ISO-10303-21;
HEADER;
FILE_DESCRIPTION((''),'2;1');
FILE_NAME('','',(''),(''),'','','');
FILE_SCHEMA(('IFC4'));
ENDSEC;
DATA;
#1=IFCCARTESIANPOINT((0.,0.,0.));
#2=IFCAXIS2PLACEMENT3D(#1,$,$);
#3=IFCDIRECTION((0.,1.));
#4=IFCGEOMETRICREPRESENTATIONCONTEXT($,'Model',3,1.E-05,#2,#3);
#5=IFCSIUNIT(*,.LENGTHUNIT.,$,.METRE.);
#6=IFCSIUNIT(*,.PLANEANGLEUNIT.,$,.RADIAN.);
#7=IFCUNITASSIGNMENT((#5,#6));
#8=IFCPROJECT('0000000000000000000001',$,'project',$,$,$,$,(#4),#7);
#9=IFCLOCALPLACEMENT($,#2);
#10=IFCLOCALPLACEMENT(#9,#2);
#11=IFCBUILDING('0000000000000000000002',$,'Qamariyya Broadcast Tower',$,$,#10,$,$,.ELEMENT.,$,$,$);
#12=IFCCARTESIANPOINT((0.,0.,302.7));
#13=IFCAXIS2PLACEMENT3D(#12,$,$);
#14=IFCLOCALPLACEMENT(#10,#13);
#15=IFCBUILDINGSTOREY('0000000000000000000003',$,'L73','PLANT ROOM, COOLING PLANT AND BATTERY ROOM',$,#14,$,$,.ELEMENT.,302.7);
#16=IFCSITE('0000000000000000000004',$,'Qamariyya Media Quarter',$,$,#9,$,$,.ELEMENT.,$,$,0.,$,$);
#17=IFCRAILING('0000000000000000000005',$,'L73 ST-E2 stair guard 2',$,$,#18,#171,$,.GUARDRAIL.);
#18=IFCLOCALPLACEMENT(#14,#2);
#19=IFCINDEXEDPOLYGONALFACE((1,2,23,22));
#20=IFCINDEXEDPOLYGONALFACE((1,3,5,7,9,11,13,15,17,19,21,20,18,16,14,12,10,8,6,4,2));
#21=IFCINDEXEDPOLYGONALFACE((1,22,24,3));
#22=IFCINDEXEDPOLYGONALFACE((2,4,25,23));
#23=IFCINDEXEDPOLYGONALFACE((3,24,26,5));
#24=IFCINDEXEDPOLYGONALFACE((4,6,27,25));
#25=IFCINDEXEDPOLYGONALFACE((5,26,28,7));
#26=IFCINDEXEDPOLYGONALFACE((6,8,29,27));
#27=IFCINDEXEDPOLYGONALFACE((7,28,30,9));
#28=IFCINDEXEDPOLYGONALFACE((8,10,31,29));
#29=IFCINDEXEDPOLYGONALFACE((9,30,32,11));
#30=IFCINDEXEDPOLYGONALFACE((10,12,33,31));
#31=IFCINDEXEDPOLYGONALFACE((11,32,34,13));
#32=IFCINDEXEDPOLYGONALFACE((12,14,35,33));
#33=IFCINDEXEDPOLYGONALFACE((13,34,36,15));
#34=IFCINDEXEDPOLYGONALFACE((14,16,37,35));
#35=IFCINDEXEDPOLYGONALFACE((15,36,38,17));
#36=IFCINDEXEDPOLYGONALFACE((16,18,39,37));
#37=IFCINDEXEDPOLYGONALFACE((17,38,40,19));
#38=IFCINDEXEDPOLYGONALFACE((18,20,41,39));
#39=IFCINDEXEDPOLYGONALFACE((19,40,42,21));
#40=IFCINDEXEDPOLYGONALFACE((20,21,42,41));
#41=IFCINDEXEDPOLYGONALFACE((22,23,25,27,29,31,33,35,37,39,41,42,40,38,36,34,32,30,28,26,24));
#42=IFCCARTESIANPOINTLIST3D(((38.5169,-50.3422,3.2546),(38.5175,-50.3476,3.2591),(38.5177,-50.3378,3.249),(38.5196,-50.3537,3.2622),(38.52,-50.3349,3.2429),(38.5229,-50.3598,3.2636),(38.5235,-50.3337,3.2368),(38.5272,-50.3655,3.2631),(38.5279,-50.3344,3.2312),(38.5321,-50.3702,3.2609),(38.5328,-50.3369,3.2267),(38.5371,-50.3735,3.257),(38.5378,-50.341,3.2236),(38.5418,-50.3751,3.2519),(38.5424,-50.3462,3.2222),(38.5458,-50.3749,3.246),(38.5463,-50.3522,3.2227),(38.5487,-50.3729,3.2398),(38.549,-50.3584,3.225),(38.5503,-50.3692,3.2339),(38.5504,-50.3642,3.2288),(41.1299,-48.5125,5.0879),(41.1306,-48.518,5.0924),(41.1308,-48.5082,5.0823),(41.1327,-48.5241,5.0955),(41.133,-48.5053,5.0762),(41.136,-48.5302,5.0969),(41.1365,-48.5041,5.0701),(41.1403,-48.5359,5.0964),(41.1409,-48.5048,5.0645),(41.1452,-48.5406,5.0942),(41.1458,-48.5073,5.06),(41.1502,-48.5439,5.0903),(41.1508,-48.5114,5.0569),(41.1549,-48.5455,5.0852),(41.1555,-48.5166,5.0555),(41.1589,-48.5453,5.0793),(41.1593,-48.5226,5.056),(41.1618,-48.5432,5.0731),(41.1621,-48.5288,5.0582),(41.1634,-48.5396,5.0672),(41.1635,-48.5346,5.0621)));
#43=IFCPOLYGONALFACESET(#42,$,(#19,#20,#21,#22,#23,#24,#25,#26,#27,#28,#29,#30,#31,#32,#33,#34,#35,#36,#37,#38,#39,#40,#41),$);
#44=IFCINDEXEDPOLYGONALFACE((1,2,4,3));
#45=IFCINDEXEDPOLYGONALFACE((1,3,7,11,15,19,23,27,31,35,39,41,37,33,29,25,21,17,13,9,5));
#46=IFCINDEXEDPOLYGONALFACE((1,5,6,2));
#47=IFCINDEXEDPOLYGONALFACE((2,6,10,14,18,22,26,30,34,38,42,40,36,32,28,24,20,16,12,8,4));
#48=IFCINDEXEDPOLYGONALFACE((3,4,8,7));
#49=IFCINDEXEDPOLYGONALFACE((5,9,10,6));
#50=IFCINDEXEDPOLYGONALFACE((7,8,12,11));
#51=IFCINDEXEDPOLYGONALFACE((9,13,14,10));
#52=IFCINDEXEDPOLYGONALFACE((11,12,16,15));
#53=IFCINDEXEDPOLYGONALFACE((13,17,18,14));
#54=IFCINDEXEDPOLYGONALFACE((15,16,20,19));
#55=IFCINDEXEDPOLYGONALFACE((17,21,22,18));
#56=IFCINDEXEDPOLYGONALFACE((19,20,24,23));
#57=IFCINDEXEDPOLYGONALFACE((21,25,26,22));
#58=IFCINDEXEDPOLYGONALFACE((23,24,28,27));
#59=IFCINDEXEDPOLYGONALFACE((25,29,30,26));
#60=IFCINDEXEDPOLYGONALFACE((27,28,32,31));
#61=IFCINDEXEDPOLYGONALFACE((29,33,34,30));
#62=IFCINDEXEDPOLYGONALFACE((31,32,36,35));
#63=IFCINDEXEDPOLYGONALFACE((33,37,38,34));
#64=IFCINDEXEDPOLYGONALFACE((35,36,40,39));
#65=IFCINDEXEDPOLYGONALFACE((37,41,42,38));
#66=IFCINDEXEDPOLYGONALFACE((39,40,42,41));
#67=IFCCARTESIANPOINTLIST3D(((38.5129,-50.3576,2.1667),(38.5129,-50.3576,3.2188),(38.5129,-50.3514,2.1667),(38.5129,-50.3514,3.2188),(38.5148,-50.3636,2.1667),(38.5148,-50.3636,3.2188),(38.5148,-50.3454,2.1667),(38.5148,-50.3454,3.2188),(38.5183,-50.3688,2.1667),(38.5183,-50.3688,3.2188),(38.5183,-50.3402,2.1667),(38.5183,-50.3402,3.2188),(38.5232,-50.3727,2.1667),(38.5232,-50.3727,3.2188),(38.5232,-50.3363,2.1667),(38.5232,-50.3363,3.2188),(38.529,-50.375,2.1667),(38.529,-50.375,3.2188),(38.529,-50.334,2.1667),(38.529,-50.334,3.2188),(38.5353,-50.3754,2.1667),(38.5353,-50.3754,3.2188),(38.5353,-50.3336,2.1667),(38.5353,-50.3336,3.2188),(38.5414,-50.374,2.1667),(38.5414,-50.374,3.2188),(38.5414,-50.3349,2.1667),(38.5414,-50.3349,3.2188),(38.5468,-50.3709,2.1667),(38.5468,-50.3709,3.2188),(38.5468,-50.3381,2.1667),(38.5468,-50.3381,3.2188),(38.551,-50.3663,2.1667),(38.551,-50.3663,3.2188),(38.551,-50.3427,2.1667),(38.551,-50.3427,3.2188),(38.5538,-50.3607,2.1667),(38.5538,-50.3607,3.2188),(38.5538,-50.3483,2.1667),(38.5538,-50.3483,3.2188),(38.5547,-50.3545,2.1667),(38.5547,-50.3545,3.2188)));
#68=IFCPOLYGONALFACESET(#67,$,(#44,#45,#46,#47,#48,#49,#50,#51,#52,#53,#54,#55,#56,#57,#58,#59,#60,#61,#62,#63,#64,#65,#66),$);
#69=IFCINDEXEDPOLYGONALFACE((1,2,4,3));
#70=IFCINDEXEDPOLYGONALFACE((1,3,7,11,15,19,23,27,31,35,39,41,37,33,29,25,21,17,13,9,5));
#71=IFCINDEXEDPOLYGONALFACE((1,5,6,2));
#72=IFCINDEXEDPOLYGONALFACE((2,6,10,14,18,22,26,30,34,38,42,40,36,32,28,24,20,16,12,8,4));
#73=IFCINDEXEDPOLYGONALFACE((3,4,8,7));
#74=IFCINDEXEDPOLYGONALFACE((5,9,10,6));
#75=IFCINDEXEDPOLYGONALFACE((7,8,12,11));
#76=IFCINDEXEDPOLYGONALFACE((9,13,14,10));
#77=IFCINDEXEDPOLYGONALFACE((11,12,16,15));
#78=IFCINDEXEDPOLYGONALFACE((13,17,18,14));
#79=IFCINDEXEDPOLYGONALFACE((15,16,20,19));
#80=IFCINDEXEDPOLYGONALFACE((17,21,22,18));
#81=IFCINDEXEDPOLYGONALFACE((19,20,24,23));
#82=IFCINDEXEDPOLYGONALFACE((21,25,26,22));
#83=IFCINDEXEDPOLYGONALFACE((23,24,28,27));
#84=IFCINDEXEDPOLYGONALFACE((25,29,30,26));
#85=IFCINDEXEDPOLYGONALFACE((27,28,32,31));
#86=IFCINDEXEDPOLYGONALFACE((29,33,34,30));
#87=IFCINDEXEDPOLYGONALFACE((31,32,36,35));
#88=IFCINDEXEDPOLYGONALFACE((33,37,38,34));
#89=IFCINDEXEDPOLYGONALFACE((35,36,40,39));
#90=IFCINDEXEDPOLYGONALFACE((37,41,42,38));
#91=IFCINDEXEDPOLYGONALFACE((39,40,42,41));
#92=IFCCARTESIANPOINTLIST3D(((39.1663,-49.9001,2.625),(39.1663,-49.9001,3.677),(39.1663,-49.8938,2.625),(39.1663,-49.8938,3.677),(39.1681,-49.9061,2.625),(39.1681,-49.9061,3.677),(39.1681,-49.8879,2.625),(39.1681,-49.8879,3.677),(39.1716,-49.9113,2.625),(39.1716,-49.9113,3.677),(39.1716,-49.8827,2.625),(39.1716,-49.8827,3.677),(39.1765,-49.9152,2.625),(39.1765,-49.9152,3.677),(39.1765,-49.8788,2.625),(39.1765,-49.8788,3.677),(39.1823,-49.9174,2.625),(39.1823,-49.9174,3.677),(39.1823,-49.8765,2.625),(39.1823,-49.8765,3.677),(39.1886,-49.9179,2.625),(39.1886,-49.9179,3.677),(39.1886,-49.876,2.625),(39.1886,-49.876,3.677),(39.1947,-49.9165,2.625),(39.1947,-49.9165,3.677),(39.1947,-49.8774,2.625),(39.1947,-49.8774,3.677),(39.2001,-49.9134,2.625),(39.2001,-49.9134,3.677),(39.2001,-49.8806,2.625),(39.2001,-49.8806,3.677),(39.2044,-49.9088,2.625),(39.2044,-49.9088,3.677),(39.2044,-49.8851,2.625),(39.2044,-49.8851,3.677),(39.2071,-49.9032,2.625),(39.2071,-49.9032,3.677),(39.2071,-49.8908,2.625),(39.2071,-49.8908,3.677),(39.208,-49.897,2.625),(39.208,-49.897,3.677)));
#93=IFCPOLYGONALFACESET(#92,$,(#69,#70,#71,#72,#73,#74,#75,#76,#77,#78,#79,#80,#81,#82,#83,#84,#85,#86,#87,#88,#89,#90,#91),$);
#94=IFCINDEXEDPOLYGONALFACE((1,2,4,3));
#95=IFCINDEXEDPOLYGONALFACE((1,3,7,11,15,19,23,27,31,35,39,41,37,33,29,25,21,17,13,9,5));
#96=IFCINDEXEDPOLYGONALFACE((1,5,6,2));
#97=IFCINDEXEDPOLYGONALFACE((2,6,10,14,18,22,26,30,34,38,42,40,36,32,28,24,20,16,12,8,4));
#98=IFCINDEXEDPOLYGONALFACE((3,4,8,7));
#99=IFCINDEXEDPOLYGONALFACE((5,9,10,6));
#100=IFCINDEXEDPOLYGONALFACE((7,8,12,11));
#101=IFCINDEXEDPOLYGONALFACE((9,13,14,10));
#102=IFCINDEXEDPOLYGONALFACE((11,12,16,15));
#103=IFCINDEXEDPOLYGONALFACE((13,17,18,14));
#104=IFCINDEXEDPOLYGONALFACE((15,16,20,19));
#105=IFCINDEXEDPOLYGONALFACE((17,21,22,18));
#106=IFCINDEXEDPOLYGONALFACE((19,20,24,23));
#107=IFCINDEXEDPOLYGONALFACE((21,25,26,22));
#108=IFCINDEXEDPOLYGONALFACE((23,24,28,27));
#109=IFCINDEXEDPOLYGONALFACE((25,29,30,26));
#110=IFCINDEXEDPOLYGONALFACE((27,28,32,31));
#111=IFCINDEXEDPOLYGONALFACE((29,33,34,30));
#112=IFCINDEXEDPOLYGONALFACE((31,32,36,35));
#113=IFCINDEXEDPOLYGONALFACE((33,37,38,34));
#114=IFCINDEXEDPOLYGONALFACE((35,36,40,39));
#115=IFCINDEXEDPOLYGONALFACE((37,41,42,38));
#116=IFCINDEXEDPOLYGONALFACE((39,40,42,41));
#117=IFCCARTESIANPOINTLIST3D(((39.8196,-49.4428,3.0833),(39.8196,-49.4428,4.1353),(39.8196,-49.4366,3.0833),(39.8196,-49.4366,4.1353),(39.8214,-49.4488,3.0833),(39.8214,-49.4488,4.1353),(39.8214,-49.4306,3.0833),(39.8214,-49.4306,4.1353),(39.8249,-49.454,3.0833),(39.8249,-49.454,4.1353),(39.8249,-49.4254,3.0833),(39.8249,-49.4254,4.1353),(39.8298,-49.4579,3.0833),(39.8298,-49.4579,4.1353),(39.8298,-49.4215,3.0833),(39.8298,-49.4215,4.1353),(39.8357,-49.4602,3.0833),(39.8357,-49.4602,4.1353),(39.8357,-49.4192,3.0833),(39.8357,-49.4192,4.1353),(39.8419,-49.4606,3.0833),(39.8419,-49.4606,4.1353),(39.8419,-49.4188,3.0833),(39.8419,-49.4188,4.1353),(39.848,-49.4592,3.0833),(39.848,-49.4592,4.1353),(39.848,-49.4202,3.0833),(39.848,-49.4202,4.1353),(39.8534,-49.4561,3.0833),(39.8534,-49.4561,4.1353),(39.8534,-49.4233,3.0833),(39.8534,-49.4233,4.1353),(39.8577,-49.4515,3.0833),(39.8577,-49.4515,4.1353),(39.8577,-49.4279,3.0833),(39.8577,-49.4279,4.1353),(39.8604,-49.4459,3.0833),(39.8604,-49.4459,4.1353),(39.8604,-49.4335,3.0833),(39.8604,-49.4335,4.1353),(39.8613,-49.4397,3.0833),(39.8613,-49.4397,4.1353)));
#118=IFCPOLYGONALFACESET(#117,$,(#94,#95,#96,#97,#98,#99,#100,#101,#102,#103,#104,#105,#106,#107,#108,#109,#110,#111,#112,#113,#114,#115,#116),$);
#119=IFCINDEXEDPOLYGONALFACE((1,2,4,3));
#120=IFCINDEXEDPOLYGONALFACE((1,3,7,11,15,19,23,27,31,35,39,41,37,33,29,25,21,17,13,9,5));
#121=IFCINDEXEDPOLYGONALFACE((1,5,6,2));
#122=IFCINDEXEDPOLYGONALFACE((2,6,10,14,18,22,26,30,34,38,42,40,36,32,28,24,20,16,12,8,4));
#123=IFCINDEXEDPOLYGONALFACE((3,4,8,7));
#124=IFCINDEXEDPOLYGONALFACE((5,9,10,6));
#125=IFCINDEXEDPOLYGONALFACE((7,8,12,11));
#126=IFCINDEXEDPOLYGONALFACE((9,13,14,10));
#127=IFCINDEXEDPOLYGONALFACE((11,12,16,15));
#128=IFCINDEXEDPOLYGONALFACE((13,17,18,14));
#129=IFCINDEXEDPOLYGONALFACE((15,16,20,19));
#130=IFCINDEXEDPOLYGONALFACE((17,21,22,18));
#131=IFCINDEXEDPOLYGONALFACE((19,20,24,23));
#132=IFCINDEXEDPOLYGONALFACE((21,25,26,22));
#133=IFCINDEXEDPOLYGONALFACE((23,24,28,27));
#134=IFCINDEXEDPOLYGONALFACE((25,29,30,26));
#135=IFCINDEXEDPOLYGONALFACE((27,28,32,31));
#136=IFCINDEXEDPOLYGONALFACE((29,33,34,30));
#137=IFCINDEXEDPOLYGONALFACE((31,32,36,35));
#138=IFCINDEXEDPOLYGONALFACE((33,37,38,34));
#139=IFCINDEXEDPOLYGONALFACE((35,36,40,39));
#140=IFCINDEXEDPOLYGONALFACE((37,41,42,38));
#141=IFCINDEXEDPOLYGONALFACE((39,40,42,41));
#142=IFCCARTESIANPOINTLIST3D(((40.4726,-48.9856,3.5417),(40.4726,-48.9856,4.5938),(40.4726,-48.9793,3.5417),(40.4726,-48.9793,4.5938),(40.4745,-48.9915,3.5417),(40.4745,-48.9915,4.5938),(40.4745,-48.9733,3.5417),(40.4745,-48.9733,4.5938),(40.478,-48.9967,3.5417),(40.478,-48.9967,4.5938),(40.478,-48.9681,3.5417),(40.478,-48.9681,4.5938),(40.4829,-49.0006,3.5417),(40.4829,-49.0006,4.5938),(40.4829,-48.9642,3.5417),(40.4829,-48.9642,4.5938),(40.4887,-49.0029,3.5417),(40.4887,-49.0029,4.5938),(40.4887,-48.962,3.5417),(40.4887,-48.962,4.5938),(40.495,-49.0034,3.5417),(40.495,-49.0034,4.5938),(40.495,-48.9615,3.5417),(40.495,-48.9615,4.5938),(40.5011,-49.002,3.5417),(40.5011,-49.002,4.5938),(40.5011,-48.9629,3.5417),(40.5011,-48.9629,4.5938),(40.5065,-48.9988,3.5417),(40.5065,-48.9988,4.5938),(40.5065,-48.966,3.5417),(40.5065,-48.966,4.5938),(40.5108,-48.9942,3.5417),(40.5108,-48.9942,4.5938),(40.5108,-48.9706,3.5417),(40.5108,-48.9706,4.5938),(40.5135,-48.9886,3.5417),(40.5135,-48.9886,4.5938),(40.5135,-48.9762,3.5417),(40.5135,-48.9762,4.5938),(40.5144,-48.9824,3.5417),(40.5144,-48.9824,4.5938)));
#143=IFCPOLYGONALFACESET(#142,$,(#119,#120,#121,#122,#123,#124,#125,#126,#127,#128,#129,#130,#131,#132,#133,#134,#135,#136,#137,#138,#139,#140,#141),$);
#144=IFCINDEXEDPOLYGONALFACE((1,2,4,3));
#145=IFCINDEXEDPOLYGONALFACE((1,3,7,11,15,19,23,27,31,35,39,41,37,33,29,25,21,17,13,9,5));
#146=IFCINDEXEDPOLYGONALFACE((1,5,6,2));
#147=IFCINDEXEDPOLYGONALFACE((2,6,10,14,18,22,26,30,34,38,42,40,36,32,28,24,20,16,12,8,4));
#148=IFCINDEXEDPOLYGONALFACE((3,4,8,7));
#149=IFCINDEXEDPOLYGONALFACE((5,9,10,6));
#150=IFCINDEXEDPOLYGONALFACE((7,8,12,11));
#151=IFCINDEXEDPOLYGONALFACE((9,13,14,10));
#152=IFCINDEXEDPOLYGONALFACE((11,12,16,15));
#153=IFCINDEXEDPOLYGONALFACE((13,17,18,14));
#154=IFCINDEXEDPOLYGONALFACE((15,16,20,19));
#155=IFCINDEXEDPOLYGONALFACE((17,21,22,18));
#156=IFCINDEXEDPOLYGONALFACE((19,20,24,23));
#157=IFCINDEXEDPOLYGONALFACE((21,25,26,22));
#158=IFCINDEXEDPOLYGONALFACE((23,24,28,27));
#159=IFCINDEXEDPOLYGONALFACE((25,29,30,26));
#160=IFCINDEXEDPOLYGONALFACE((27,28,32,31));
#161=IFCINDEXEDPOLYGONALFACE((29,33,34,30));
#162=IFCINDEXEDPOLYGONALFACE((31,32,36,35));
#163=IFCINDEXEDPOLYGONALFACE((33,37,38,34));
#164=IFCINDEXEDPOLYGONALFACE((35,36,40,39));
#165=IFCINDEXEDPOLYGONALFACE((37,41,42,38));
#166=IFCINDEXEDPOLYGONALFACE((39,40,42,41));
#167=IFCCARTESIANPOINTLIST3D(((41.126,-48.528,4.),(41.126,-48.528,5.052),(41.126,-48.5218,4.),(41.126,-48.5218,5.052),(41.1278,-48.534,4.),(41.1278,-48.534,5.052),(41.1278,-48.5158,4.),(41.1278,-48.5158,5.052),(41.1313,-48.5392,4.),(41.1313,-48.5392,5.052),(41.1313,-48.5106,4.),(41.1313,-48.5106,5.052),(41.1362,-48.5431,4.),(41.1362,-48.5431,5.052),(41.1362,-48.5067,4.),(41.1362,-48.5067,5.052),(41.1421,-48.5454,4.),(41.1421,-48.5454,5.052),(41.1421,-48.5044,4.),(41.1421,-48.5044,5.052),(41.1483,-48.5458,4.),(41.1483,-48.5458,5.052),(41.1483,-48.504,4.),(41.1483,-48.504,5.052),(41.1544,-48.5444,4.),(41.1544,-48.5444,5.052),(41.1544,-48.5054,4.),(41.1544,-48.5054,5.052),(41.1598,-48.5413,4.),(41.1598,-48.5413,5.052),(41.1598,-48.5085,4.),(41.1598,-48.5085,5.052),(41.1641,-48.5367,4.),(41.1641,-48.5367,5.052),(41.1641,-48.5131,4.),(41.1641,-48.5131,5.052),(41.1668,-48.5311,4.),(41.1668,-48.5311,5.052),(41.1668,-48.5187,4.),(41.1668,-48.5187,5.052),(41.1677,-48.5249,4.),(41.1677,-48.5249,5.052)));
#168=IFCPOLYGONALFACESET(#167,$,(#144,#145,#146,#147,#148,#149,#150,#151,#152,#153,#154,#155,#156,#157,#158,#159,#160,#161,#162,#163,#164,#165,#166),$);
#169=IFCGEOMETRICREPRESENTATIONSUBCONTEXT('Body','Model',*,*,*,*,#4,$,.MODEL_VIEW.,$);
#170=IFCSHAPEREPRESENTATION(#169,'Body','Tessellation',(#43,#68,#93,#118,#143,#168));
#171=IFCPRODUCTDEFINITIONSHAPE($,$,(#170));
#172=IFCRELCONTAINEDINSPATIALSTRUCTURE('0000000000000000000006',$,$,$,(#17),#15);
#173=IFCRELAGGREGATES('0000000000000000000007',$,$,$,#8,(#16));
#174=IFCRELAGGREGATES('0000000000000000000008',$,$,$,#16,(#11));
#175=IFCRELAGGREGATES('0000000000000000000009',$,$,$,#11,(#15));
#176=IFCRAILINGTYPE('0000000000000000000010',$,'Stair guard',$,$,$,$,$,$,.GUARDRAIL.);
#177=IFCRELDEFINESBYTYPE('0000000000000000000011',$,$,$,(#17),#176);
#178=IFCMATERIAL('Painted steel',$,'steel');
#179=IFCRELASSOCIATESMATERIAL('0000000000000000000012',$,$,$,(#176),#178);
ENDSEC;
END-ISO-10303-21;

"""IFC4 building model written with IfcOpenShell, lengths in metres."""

from ifc_helpers import new_model, si_unit, direction, frame, origin, origin_2d, place, context, subcontext, project, spatial, circle, extrude, material, type_object, element, save


model = new_model("IFC4")

# Units and contexts
model_context = context("Model", 3, precision=1e-05, world=origin(), true_north=direction((0.0, 1.0)))
body_context = subcontext(model_context, "Body", "Model", "MODEL_VIEW")
ifc_project = project(units=[si_unit("LENGTHUNIT", "METRE"), si_unit("PLANEANGLEUNIT", "RADIAN")], contexts=[model_context])

# Site, building, storey
site_placement = place(None, origin())
site = spatial("IfcSite", under=ifc_project, at=site_placement, Name="Qamariyya Media Quarter", CompositionType="ELEMENT", RefElevation=0.0)
building_placement = place(site_placement, origin())
building = spatial("IfcBuilding", under=site, at=building_placement, Name="Qamariyya Broadcast Tower", CompositionType="ELEMENT")
storey_placement = place(building_placement, frame((0.0, 0.0, 302.7)))
storey = spatial("IfcBuildingStorey", under=building, at=storey_placement, Name="L73", Description="PLANT ROOM, COOLING PLANT AND BATTERY ROOM", CompositionType="ELEMENT", Elevation=302.7)

# Railing
ifc_material_1 = material(Name="Painted steel", Category="steel")
railing_type = type_object("IfcRailingType", Name="Stair guard", PredefinedType="GUARDRAIL", material=ifc_material_1)
railing_placement = place(storey_placement, frame((38.5337, -50.3545, 2.1667)))
element("IfcRailing", 1, at=railing_placement, inside=storey, type_object=railing_type, Name="L73 ST-E2 stair guard 2", PredefinedType="GUARDRAIL", context=body_context, shape_type="SweptSolid", body=[
    extrude(circle(Radius=0.0239, at=origin_2d()), frame((0.0, 0.0, 1.0762), z_axis=(0.710228, 0.497285, 0.498281), x_axis=(-0.57356, 0.819164, 0.0)), (0.0, 0.0, 1.0), 3.6792),
    extrude(circle(Radius=0.021, at=origin_2d()), origin(), (0.0, 0.0, 1.0), 1.052),
    extrude(circle(Radius=0.021, at=origin_2d()), frame((0.6533, 0.4575, 0.4583)), (0.0, 0.0, 1.0), 1.052),
    extrude(circle(Radius=0.021, at=origin_2d()), frame((1.3066, 0.9148, 0.9165)), (0.0, 0.0, 1.0), 1.052),
    extrude(circle(Radius=0.021, at=origin_2d()), frame((1.9597, 1.3721, 1.375)), (0.0, 0.0, 1.0), 1.052),
    extrude(circle(Radius=0.021, at=origin_2d()), frame((2.613, 1.8296, 1.8333)), (0.0, 0.0, 1.0), 1.052),
])

save(model, "model.ifc")
